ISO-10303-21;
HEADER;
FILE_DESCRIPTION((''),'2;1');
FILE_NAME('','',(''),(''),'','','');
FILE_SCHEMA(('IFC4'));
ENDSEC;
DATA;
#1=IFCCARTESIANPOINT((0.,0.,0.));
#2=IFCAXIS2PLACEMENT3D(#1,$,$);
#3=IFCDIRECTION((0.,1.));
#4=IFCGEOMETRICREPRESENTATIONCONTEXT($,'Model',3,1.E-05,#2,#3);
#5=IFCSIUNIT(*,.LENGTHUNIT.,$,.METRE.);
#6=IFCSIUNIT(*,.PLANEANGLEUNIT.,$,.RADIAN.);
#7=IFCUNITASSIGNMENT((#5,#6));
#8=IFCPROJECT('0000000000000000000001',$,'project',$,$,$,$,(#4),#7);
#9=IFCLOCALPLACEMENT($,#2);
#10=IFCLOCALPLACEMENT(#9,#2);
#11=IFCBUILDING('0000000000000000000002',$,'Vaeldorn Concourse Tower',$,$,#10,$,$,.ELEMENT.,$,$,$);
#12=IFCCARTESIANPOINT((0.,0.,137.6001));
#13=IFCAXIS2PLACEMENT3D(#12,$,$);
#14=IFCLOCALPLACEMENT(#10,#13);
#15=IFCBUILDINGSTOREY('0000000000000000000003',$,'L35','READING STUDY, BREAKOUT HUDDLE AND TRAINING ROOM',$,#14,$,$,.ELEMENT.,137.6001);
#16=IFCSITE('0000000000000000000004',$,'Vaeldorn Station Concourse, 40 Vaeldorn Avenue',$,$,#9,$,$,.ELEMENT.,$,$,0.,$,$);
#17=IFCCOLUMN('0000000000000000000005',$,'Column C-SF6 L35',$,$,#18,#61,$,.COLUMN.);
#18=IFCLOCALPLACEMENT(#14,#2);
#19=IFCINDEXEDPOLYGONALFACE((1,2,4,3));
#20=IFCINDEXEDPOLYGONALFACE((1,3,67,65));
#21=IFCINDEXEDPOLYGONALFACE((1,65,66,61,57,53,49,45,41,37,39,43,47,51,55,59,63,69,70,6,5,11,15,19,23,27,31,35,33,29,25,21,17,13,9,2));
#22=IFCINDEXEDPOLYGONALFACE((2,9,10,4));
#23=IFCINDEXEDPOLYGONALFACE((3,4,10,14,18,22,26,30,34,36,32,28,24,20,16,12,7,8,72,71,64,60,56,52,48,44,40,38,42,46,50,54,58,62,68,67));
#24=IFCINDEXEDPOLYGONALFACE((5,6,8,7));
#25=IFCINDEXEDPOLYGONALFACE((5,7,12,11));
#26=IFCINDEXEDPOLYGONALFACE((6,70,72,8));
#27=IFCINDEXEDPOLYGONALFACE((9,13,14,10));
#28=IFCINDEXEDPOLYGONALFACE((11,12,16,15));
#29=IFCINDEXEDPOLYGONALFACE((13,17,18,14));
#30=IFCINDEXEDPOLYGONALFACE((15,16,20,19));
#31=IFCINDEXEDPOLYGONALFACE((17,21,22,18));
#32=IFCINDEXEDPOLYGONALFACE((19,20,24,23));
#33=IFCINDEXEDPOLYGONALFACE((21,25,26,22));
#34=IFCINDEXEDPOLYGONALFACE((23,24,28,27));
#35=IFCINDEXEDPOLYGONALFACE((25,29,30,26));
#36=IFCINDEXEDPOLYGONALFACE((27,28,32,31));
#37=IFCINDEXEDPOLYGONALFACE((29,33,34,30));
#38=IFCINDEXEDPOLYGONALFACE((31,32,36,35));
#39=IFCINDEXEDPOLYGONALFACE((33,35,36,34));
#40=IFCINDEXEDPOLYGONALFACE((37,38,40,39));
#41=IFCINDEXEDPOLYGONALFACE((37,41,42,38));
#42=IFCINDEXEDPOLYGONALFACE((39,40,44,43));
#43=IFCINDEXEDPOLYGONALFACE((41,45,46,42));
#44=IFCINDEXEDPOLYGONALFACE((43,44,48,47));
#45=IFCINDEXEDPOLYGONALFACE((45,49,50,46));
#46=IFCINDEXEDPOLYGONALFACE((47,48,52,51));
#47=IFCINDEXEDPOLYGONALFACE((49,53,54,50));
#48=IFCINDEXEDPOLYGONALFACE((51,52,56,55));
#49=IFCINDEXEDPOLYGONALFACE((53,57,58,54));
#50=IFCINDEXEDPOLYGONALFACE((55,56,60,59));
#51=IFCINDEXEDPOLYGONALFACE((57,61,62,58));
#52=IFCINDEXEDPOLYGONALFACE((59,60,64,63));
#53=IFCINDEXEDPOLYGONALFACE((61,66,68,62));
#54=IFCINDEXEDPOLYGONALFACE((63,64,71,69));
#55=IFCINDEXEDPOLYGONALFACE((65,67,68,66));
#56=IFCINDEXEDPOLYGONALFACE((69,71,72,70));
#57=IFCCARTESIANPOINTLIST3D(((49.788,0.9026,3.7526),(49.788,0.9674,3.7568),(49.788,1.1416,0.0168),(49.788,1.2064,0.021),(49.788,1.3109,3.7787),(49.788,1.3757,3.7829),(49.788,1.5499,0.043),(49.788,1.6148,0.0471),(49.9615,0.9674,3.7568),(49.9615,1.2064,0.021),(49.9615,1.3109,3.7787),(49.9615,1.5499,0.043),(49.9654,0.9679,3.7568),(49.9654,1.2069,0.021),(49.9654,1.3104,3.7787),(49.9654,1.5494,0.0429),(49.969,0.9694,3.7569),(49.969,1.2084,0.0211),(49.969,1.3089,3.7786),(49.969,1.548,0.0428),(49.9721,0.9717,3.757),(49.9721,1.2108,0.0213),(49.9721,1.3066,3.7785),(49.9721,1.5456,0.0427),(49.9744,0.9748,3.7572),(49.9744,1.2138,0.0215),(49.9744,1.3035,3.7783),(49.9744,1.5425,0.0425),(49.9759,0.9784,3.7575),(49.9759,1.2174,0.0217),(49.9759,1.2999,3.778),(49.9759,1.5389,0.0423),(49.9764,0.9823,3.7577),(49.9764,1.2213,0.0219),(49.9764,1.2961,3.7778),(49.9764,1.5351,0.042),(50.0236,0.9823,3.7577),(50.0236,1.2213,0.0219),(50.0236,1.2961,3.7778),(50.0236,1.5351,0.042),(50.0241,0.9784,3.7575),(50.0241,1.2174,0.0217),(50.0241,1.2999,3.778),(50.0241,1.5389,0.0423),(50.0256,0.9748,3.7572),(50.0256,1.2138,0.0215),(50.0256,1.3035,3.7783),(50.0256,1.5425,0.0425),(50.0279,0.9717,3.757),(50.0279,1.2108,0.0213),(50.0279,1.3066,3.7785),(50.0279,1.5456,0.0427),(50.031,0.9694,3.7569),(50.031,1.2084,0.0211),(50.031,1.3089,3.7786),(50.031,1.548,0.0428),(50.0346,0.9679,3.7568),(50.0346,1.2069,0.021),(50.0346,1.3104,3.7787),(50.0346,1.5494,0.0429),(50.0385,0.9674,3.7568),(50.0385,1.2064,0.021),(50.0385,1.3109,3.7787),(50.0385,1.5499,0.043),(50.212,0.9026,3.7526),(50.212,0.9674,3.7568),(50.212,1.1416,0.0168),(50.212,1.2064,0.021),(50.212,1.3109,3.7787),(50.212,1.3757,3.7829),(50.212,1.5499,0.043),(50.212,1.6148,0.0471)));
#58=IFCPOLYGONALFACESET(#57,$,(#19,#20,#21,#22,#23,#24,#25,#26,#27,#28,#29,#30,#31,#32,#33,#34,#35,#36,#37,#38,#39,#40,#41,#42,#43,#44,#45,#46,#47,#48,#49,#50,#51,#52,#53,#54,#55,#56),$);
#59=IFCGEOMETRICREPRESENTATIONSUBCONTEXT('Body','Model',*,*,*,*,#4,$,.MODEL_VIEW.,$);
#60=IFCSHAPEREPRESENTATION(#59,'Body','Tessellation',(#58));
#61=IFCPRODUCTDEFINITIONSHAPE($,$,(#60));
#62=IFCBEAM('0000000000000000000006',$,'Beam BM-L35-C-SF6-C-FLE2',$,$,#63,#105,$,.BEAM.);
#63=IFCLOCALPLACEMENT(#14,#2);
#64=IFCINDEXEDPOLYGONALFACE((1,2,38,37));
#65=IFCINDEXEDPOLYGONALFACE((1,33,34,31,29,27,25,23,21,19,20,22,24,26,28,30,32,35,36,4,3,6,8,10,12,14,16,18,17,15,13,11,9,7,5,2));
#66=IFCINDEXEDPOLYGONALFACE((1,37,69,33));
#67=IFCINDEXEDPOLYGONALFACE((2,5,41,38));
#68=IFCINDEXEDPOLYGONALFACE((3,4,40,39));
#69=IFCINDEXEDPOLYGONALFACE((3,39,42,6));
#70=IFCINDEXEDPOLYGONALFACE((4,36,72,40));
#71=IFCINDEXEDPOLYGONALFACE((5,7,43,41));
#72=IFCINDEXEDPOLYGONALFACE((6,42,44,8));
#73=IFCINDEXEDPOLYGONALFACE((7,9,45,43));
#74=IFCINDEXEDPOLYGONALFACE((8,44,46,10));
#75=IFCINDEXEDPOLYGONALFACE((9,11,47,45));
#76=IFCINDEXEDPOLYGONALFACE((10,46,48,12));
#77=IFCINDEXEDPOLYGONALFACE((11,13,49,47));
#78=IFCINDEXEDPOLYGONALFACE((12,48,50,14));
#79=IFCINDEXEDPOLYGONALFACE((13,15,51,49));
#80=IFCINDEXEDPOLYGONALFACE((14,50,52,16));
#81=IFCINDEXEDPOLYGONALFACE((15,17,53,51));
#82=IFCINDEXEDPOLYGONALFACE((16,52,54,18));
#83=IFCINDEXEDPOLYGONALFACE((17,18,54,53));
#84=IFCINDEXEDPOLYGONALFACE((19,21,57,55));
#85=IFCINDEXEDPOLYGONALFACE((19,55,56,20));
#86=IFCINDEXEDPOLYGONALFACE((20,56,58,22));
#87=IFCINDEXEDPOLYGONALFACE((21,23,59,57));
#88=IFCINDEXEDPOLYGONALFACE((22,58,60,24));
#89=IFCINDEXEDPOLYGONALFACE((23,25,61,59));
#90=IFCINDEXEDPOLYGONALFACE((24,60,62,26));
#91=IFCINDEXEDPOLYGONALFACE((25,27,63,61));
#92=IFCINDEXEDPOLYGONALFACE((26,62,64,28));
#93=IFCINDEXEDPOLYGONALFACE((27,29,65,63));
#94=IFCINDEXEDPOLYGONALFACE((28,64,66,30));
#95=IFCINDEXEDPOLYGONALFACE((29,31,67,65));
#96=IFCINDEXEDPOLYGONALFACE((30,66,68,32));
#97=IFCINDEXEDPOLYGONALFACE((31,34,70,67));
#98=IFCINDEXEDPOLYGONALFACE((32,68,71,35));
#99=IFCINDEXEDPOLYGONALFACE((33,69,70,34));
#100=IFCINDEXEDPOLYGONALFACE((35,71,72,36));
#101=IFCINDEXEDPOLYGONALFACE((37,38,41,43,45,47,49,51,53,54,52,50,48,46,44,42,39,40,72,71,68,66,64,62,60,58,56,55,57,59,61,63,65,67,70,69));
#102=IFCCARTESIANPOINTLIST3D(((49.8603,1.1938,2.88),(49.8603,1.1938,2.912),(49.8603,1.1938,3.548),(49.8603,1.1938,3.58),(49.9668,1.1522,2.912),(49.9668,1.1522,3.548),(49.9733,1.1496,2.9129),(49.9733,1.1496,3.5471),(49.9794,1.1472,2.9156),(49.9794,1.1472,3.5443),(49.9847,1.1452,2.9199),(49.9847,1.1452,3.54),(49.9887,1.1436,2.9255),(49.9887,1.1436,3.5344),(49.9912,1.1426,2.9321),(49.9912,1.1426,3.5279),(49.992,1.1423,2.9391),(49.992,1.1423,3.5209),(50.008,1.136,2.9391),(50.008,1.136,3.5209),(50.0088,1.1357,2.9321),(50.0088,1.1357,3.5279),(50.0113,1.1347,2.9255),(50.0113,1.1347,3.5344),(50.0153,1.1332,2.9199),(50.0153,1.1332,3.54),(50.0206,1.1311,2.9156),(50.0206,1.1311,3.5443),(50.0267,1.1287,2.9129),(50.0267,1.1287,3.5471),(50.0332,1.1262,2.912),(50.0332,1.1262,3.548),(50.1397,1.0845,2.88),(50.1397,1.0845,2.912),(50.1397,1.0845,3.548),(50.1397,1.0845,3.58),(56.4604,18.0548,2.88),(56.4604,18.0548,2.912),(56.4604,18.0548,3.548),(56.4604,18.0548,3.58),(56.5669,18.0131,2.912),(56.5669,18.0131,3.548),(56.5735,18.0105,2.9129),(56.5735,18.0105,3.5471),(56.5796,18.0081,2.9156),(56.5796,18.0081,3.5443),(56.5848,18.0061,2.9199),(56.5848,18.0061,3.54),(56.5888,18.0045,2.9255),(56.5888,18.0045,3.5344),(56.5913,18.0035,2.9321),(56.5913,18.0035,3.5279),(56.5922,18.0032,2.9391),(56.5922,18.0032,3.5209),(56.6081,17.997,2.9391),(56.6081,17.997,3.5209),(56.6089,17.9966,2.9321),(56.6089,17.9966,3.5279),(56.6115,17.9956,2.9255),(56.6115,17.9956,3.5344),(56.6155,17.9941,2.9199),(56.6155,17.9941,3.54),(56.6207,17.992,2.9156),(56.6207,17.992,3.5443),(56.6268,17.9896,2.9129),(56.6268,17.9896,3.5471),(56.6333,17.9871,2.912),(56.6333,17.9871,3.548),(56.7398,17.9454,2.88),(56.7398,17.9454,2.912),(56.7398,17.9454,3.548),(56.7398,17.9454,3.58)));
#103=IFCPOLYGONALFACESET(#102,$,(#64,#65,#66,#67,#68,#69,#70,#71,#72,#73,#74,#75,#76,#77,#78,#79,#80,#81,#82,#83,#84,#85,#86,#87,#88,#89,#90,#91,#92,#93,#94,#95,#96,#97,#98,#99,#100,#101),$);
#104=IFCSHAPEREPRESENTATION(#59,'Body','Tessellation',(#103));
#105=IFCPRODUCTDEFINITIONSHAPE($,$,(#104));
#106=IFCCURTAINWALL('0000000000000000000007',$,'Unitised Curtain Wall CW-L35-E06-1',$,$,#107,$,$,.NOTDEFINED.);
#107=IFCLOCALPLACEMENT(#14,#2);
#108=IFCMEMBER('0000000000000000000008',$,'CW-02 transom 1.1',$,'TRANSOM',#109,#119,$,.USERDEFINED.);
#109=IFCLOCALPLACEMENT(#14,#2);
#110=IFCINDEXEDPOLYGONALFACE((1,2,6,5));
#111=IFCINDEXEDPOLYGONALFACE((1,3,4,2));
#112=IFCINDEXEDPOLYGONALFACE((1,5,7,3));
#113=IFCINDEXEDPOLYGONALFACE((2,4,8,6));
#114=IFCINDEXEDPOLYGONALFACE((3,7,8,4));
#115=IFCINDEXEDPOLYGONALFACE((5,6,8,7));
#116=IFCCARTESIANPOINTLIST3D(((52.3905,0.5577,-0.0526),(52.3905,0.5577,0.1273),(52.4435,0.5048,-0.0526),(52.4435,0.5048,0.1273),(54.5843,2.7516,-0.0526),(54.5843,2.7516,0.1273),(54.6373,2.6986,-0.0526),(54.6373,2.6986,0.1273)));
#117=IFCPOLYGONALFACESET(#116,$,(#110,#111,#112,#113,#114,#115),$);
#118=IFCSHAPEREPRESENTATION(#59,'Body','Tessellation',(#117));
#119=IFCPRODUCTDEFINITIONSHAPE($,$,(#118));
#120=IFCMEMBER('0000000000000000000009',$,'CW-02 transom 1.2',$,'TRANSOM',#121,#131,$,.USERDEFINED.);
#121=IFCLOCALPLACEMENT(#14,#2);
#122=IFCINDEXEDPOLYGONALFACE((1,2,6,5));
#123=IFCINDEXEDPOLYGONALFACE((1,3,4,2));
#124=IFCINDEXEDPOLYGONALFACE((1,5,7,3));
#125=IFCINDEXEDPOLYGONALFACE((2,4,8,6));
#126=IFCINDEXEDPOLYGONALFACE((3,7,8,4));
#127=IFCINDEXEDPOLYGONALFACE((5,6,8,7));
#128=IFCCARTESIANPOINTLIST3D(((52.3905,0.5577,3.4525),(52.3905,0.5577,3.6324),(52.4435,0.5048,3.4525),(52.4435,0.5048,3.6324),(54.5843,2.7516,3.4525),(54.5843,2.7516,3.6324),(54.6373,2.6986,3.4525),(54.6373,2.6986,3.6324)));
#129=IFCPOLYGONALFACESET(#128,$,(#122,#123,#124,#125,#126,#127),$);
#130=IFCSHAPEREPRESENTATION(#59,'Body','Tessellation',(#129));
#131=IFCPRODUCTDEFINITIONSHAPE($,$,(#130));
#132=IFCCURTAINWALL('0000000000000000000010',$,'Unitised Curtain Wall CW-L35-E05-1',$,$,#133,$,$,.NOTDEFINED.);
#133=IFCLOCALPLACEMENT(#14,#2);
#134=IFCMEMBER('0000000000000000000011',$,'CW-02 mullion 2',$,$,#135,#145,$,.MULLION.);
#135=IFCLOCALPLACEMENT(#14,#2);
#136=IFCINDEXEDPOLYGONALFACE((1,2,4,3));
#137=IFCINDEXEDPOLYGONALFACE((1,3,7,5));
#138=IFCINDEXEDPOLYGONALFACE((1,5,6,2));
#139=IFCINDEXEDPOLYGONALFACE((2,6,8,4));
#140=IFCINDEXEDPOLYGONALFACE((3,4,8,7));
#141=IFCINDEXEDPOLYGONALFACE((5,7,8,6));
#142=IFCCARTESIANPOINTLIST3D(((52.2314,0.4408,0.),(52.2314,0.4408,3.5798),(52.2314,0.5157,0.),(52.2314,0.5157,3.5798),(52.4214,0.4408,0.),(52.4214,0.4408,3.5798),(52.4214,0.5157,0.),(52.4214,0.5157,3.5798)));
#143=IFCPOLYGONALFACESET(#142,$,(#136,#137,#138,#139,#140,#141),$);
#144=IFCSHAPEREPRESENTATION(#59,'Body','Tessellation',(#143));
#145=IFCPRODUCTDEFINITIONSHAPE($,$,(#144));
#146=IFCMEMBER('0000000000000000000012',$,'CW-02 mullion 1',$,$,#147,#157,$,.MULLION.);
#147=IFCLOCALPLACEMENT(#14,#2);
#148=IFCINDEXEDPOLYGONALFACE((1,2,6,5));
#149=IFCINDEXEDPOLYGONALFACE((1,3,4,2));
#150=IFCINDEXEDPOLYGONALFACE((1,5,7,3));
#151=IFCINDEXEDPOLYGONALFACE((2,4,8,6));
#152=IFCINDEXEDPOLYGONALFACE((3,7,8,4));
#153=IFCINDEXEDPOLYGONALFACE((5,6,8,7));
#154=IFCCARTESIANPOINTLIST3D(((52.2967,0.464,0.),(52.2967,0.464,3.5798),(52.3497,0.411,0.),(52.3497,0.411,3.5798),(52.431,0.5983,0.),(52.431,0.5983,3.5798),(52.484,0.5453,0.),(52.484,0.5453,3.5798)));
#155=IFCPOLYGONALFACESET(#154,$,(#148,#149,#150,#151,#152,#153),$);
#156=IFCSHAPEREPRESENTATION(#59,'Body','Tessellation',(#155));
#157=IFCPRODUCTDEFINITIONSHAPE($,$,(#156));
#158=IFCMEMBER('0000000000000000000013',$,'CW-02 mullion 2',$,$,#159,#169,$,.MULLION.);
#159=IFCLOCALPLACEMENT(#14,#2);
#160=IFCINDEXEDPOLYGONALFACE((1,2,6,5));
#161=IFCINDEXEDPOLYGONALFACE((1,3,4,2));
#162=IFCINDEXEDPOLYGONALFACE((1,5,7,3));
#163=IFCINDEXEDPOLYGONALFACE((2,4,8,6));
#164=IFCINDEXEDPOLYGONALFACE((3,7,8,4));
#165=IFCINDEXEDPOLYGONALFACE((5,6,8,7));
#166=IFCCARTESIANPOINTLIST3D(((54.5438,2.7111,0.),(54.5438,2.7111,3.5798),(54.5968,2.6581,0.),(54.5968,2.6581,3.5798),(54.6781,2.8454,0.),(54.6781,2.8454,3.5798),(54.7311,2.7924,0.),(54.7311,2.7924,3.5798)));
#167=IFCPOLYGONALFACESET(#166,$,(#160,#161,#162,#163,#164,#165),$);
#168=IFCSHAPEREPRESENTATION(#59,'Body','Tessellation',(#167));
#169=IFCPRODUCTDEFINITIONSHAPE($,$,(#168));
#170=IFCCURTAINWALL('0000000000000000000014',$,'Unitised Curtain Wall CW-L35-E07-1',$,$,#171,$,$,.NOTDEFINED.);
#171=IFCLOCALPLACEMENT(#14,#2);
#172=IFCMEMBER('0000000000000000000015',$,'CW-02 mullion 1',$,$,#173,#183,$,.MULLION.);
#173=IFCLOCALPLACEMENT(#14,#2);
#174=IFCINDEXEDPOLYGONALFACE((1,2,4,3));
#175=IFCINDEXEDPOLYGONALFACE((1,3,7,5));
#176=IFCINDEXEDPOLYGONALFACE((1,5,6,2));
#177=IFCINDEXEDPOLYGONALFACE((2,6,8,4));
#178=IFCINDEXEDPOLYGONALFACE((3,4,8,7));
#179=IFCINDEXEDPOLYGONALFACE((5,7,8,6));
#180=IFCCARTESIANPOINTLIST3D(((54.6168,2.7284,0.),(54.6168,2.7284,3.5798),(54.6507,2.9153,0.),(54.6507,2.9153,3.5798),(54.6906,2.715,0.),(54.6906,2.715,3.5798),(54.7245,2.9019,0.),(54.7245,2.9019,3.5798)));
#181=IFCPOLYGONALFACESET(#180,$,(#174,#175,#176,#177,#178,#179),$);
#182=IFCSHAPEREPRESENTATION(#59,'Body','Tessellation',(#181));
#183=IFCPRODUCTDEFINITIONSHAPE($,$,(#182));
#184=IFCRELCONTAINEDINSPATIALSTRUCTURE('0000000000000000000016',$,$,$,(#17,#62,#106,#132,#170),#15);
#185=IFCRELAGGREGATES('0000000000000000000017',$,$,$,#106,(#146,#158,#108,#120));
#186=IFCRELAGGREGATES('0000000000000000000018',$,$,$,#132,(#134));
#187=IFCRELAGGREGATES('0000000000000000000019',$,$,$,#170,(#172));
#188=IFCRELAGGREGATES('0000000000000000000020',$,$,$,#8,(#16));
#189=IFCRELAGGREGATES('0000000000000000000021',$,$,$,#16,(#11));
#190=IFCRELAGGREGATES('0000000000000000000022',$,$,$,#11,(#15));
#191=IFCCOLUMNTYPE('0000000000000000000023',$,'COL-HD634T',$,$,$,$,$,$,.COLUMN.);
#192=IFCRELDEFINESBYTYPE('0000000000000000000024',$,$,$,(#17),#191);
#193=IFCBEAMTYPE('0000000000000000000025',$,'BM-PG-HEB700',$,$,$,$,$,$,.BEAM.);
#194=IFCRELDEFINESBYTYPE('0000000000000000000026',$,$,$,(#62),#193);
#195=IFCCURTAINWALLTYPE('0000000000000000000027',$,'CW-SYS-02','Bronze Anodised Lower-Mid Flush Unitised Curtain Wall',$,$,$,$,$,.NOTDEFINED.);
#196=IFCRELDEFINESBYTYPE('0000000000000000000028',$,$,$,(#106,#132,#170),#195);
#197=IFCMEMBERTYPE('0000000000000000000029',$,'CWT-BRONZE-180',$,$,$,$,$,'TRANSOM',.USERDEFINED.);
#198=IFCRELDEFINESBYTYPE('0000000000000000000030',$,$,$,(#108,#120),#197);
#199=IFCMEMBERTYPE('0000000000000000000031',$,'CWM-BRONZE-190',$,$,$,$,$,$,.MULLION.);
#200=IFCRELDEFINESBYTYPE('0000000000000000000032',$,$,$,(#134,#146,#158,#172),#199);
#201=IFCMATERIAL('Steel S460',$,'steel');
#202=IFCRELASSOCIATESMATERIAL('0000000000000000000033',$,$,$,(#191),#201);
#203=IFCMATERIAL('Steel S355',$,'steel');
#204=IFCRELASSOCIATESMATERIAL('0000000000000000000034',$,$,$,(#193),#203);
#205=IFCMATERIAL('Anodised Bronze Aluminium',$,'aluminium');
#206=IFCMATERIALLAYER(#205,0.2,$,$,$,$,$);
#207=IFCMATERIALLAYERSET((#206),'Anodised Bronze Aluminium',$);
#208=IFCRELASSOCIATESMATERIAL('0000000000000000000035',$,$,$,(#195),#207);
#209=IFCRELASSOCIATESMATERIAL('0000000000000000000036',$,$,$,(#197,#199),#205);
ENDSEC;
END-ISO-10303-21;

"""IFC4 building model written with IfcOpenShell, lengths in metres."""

from ifc_helpers import new_model, si_unit, direction, frame, origin, origin_2d, place, context, subcontext, project, spatial, rectangle, i_section, extrude, source, transform, mapped, material, layer, layer_set, material_profile, profile_set, type_object, element, aggregate, save


model = new_model("IFC4")

# Units and contexts
model_context = context("Model", 3, precision=1e-05, world=origin(), true_north=direction((0.0, 1.0)))
body_context = subcontext(model_context, "Body", "Model", "MODEL_VIEW")
ifc_project = project(units=[si_unit("LENGTHUNIT", "METRE"), si_unit("PLANEANGLEUNIT", "RADIAN")], contexts=[model_context])

# Site, building, storey
site_placement = place(None, origin())
site = spatial("IfcSite", under=ifc_project, at=site_placement, Name="Vaeldorn Station Concourse, 40 Vaeldorn Avenue", CompositionType="ELEMENT", RefElevation=0.0)
building_placement = place(site_placement, origin())
building = spatial("IfcBuilding", under=site, at=building_placement, Name="Vaeldorn Concourse Tower", CompositionType="ELEMENT")
storey_placement = place(building_placement, frame((0.0, 0.0, 137.6001)))
storey = spatial("IfcBuildingStorey", under=building, at=storey_placement, Name="L35", Description="READING STUDY, BREAKOUT HUDDLE AND TRAINING ROOM", CompositionType="ELEMENT", Elevation=137.6001)

# Column
ifc_material_1 = material(Name="Steel S460", Category="steel")
ifc_material_profile_1 = material_profile(ifc_material_1, i_section(OverallWidth=0.4241, OverallDepth=0.4741, WebThickness=0.0471, FlangeThickness=0.0649, FilletRadius=0.0149, at=origin_2d()), Name="HD 400x634")
ifc_profile_set_1 = profile_set([ifc_material_profile_1], Name="Steel S460")
column_type = type_object("IfcColumnType", Name="COL-HD634T", PredefinedType="COLUMN", material=ifc_profile_set_1)
shared_shape_1 = source(origin(), body_context, "Body", "SweptSolid", [
    extrude(i_section(OverallWidth=0.4241, OverallDepth=0.4741, WebThickness=0.0471, FlangeThickness=0.0649, FilletRadius=0.0149, at=origin_2d()), origin(), (0.0, 0.0, 1.0), 3.7434),
])
column_placement = place(storey_placement, frame((50.0, 1.3782, 0.032), z_axis=(0.0, -0.063848, 0.99796), x_axis=(1.0, 0.0, 0.0)))
element("IfcColumn", 1, at=column_placement, inside=storey, type_object=column_type, Name="Column C-SF6 L35", PredefinedType="COLUMN", context=body_context, shape_type="MappedRepresentation", body=[
    mapped(shared_shape_1, transform((0.0, 0.0, 0.0), scale=1.0)),
])

# Beam
ifc_material_2 = material(Name="Steel S355", Category="steel")
ifc_material_profile_2 = material_profile(ifc_material_2, i_section(OverallWidth=0.3, OverallDepth=0.7, WebThickness=0.0171, FlangeThickness=0.032, FilletRadius=0.0271, at=origin_2d()), Name="HEB 700")
ifc_profile_set_2 = profile_set([ifc_material_profile_2], Name="Steel S355")
beam_type = type_object("IfcBeamType", Name="BM-PG-HEB700", PredefinedType="BEAM", material=ifc_profile_set_2)
shared_shape_2 = source(origin(), body_context, "Body", "SweptSolid", [
    extrude(i_section(OverallWidth=0.3, OverallDepth=0.7, WebThickness=0.0171, FlangeThickness=0.032, FilletRadius=0.0271, at=origin_2d()), origin(), (0.0, 0.0, 1.0), 18.1067),
])
beam_placement = place(storey_placement, frame((50.0, 1.1392, 3.23), z_axis=(0.364513, 0.931198, 0.0), x_axis=(-0.931198, 0.364513, 0.0)))
element("IfcBeam", 2, at=beam_placement, inside=storey, type_object=beam_type, Name="Beam BM-L35-C-SF6-C-FLE2", PredefinedType="BEAM", context=body_context, shape_type="MappedRepresentation", body=[
    mapped(shared_shape_2, transform((0.0, 0.0, 0.0), scale=1.0)),
])

# Curtain wall, members
ifc_material_3 = material(Name="Anodised Bronze Aluminium", Category="aluminium")
ifc_layer_1 = layer(ifc_material_3, 0.2)
ifc_layer_set_1 = layer_set([ifc_layer_1], Name="Anodised Bronze Aluminium")
curtain_wall_type = type_object("IfcCurtainWallType", Name="CW-SYS-02", Description="Bronze Anodised Lower-Mid Flush Unitised Curtain Wall", PredefinedType="NOTDEFINED", material=ifc_layer_set_1)
curtain_wall_1_placement = place(storey_placement, origin())
curtain_wall_1 = element("IfcCurtainWall", 3, at=curtain_wall_1_placement, inside=storey, type_object=curtain_wall_type, Name="Unitised Curtain Wall CW-L35-E06-1", PredefinedType="NOTDEFINED")
ifc_material_profile_3 = material_profile(ifc_material_3, rectangle(XDim=0.075, YDim=0.1799, at=origin_2d()), Name="CWT 75x180")
ifc_profile_set_3 = profile_set([ifc_material_profile_3], Name="Anodised Bronze Aluminium")
member_type_1 = type_object("IfcMemberType", Name="CWT-BRONZE-180", ElementType="TRANSOM", PredefinedType="USERDEFINED", material=ifc_profile_set_3)
shared_shape_3 = source(origin(), body_context, "Body", "SweptSolid", [
    extrude(rectangle(XDim=0.075, YDim=0.1799, at=origin_2d()), origin(), (0.0, 0.0, 1.0), 3.1025),
])
member_1_placement = place(storey_placement, frame((52.417, 0.5312, 0.0374), z_axis=(0.707107, 0.707107, 0.0), x_axis=(-0.707107, 0.707107, 0.0)))
member_1 = element("IfcMember", 4, at=member_1_placement, type_object=member_type_1, Name="CW-02 transom 1.1", ObjectType="TRANSOM", PredefinedType="USERDEFINED", context=body_context, shape_type="MappedRepresentation", body=[
    mapped(shared_shape_3, transform((0.0, 0.0, 0.0), scale=1.0)),
])
member_2_placement = place(storey_placement, frame((52.417, 0.5312, 3.5425), z_axis=(0.707107, 0.707107, 0.0), x_axis=(-0.707107, 0.707107, 0.0)))
member_2 = element("IfcMember", 5, at=member_2_placement, type_object=member_type_1, Name="CW-02 transom 1.2", ObjectType="TRANSOM", PredefinedType="USERDEFINED", context=body_context, shape_type="MappedRepresentation", body=[
    mapped(shared_shape_3, transform((0.0, 0.0, 0.0), scale=1.0)),
])

# Curtain wall, member
curtain_wall_2_placement = place(storey_placement, origin())
curtain_wall_2 = element("IfcCurtainWall", 6, at=curtain_wall_2_placement, inside=storey, type_object=curtain_wall_type, Name="Unitised Curtain Wall CW-L35-E05-1", PredefinedType="NOTDEFINED")
ifc_material_profile_4 = material_profile(ifc_material_3, rectangle(XDim=0.075, YDim=0.1899, at=origin_2d()), Name="CWM 75x190")
ifc_profile_set_4 = profile_set([ifc_material_profile_4], Name="Anodised Bronze Aluminium")
member_type_2 = type_object("IfcMemberType", Name="CWM-BRONZE-190", PredefinedType="MULLION", material=ifc_profile_set_4)
shared_shape_4 = source(origin(), body_context, "Body", "SweptSolid", [
    extrude(rectangle(XDim=0.075, YDim=0.1899, at=origin_2d()), origin(), (0.0, 0.0, 1.0), 3.5798),
])
member_3_placement = place(storey_placement, frame((52.3264, 0.4783, 0.0), z_axis=(0.0, 0.0, 1.0), x_axis=(0.0, 1.0, 0.0)))
member_3 = element("IfcMember", 7, at=member_3_placement, type_object=member_type_2, Name="CW-02 mullion 2", PredefinedType="MULLION", context=body_context, shape_type="MappedRepresentation", body=[
    mapped(shared_shape_4, transform((0.0, 0.0, 0.0), scale=1.0)),
])

# Members
member_4_placement = place(storey_placement, frame((52.3904, 0.5046, 0.0), z_axis=(0.0, 0.0, 1.0), x_axis=(-0.707107, 0.707107, 0.0)))
member_4 = element("IfcMember", 8, at=member_4_placement, type_object=member_type_2, Name="CW-02 mullion 1", PredefinedType="MULLION", context=body_context, shape_type="MappedRepresentation", body=[
    mapped(shared_shape_4, transform((0.0, 0.0, 0.0), scale=1.0)),
])
member_5_placement = place(storey_placement, frame((54.6375, 2.7517, 0.0), z_axis=(0.0, 0.0, 1.0), x_axis=(-0.707107, 0.707107, 0.0)))
member_5 = element("IfcMember", 9, at=member_5_placement, type_object=member_type_2, Name="CW-02 mullion 2", PredefinedType="MULLION", context=body_context, shape_type="MappedRepresentation", body=[
    mapped(shared_shape_4, transform((0.0, 0.0, 0.0), scale=1.0)),
])

# Curtain wall, member
curtain_wall_3_placement = place(storey_placement, origin())
curtain_wall_3 = element("IfcCurtainWall", 10, at=curtain_wall_3_placement, inside=storey, type_object=curtain_wall_type, Name="Unitised Curtain Wall CW-L35-E07-1", PredefinedType="NOTDEFINED")
member_6_placement = place(storey_placement, frame((54.6707, 2.8152, 0.0), z_axis=(0.0, 0.0, 1.0), x_axis=(-0.98392, 0.178608, 0.0)))
member_6 = element("IfcMember", 11, at=member_6_placement, type_object=member_type_2, Name="CW-02 mullion 1", PredefinedType="MULLION", context=body_context, shape_type="MappedRepresentation", body=[
    mapped(shared_shape_4, transform((0.0, 0.0, 0.0), scale=1.0)),
])

aggregate(curtain_wall_1, [member_4, member_5, member_1, member_2])
aggregate(curtain_wall_2, [member_3])
aggregate(curtain_wall_3, [member_6])

save(model, "model.ifc")
